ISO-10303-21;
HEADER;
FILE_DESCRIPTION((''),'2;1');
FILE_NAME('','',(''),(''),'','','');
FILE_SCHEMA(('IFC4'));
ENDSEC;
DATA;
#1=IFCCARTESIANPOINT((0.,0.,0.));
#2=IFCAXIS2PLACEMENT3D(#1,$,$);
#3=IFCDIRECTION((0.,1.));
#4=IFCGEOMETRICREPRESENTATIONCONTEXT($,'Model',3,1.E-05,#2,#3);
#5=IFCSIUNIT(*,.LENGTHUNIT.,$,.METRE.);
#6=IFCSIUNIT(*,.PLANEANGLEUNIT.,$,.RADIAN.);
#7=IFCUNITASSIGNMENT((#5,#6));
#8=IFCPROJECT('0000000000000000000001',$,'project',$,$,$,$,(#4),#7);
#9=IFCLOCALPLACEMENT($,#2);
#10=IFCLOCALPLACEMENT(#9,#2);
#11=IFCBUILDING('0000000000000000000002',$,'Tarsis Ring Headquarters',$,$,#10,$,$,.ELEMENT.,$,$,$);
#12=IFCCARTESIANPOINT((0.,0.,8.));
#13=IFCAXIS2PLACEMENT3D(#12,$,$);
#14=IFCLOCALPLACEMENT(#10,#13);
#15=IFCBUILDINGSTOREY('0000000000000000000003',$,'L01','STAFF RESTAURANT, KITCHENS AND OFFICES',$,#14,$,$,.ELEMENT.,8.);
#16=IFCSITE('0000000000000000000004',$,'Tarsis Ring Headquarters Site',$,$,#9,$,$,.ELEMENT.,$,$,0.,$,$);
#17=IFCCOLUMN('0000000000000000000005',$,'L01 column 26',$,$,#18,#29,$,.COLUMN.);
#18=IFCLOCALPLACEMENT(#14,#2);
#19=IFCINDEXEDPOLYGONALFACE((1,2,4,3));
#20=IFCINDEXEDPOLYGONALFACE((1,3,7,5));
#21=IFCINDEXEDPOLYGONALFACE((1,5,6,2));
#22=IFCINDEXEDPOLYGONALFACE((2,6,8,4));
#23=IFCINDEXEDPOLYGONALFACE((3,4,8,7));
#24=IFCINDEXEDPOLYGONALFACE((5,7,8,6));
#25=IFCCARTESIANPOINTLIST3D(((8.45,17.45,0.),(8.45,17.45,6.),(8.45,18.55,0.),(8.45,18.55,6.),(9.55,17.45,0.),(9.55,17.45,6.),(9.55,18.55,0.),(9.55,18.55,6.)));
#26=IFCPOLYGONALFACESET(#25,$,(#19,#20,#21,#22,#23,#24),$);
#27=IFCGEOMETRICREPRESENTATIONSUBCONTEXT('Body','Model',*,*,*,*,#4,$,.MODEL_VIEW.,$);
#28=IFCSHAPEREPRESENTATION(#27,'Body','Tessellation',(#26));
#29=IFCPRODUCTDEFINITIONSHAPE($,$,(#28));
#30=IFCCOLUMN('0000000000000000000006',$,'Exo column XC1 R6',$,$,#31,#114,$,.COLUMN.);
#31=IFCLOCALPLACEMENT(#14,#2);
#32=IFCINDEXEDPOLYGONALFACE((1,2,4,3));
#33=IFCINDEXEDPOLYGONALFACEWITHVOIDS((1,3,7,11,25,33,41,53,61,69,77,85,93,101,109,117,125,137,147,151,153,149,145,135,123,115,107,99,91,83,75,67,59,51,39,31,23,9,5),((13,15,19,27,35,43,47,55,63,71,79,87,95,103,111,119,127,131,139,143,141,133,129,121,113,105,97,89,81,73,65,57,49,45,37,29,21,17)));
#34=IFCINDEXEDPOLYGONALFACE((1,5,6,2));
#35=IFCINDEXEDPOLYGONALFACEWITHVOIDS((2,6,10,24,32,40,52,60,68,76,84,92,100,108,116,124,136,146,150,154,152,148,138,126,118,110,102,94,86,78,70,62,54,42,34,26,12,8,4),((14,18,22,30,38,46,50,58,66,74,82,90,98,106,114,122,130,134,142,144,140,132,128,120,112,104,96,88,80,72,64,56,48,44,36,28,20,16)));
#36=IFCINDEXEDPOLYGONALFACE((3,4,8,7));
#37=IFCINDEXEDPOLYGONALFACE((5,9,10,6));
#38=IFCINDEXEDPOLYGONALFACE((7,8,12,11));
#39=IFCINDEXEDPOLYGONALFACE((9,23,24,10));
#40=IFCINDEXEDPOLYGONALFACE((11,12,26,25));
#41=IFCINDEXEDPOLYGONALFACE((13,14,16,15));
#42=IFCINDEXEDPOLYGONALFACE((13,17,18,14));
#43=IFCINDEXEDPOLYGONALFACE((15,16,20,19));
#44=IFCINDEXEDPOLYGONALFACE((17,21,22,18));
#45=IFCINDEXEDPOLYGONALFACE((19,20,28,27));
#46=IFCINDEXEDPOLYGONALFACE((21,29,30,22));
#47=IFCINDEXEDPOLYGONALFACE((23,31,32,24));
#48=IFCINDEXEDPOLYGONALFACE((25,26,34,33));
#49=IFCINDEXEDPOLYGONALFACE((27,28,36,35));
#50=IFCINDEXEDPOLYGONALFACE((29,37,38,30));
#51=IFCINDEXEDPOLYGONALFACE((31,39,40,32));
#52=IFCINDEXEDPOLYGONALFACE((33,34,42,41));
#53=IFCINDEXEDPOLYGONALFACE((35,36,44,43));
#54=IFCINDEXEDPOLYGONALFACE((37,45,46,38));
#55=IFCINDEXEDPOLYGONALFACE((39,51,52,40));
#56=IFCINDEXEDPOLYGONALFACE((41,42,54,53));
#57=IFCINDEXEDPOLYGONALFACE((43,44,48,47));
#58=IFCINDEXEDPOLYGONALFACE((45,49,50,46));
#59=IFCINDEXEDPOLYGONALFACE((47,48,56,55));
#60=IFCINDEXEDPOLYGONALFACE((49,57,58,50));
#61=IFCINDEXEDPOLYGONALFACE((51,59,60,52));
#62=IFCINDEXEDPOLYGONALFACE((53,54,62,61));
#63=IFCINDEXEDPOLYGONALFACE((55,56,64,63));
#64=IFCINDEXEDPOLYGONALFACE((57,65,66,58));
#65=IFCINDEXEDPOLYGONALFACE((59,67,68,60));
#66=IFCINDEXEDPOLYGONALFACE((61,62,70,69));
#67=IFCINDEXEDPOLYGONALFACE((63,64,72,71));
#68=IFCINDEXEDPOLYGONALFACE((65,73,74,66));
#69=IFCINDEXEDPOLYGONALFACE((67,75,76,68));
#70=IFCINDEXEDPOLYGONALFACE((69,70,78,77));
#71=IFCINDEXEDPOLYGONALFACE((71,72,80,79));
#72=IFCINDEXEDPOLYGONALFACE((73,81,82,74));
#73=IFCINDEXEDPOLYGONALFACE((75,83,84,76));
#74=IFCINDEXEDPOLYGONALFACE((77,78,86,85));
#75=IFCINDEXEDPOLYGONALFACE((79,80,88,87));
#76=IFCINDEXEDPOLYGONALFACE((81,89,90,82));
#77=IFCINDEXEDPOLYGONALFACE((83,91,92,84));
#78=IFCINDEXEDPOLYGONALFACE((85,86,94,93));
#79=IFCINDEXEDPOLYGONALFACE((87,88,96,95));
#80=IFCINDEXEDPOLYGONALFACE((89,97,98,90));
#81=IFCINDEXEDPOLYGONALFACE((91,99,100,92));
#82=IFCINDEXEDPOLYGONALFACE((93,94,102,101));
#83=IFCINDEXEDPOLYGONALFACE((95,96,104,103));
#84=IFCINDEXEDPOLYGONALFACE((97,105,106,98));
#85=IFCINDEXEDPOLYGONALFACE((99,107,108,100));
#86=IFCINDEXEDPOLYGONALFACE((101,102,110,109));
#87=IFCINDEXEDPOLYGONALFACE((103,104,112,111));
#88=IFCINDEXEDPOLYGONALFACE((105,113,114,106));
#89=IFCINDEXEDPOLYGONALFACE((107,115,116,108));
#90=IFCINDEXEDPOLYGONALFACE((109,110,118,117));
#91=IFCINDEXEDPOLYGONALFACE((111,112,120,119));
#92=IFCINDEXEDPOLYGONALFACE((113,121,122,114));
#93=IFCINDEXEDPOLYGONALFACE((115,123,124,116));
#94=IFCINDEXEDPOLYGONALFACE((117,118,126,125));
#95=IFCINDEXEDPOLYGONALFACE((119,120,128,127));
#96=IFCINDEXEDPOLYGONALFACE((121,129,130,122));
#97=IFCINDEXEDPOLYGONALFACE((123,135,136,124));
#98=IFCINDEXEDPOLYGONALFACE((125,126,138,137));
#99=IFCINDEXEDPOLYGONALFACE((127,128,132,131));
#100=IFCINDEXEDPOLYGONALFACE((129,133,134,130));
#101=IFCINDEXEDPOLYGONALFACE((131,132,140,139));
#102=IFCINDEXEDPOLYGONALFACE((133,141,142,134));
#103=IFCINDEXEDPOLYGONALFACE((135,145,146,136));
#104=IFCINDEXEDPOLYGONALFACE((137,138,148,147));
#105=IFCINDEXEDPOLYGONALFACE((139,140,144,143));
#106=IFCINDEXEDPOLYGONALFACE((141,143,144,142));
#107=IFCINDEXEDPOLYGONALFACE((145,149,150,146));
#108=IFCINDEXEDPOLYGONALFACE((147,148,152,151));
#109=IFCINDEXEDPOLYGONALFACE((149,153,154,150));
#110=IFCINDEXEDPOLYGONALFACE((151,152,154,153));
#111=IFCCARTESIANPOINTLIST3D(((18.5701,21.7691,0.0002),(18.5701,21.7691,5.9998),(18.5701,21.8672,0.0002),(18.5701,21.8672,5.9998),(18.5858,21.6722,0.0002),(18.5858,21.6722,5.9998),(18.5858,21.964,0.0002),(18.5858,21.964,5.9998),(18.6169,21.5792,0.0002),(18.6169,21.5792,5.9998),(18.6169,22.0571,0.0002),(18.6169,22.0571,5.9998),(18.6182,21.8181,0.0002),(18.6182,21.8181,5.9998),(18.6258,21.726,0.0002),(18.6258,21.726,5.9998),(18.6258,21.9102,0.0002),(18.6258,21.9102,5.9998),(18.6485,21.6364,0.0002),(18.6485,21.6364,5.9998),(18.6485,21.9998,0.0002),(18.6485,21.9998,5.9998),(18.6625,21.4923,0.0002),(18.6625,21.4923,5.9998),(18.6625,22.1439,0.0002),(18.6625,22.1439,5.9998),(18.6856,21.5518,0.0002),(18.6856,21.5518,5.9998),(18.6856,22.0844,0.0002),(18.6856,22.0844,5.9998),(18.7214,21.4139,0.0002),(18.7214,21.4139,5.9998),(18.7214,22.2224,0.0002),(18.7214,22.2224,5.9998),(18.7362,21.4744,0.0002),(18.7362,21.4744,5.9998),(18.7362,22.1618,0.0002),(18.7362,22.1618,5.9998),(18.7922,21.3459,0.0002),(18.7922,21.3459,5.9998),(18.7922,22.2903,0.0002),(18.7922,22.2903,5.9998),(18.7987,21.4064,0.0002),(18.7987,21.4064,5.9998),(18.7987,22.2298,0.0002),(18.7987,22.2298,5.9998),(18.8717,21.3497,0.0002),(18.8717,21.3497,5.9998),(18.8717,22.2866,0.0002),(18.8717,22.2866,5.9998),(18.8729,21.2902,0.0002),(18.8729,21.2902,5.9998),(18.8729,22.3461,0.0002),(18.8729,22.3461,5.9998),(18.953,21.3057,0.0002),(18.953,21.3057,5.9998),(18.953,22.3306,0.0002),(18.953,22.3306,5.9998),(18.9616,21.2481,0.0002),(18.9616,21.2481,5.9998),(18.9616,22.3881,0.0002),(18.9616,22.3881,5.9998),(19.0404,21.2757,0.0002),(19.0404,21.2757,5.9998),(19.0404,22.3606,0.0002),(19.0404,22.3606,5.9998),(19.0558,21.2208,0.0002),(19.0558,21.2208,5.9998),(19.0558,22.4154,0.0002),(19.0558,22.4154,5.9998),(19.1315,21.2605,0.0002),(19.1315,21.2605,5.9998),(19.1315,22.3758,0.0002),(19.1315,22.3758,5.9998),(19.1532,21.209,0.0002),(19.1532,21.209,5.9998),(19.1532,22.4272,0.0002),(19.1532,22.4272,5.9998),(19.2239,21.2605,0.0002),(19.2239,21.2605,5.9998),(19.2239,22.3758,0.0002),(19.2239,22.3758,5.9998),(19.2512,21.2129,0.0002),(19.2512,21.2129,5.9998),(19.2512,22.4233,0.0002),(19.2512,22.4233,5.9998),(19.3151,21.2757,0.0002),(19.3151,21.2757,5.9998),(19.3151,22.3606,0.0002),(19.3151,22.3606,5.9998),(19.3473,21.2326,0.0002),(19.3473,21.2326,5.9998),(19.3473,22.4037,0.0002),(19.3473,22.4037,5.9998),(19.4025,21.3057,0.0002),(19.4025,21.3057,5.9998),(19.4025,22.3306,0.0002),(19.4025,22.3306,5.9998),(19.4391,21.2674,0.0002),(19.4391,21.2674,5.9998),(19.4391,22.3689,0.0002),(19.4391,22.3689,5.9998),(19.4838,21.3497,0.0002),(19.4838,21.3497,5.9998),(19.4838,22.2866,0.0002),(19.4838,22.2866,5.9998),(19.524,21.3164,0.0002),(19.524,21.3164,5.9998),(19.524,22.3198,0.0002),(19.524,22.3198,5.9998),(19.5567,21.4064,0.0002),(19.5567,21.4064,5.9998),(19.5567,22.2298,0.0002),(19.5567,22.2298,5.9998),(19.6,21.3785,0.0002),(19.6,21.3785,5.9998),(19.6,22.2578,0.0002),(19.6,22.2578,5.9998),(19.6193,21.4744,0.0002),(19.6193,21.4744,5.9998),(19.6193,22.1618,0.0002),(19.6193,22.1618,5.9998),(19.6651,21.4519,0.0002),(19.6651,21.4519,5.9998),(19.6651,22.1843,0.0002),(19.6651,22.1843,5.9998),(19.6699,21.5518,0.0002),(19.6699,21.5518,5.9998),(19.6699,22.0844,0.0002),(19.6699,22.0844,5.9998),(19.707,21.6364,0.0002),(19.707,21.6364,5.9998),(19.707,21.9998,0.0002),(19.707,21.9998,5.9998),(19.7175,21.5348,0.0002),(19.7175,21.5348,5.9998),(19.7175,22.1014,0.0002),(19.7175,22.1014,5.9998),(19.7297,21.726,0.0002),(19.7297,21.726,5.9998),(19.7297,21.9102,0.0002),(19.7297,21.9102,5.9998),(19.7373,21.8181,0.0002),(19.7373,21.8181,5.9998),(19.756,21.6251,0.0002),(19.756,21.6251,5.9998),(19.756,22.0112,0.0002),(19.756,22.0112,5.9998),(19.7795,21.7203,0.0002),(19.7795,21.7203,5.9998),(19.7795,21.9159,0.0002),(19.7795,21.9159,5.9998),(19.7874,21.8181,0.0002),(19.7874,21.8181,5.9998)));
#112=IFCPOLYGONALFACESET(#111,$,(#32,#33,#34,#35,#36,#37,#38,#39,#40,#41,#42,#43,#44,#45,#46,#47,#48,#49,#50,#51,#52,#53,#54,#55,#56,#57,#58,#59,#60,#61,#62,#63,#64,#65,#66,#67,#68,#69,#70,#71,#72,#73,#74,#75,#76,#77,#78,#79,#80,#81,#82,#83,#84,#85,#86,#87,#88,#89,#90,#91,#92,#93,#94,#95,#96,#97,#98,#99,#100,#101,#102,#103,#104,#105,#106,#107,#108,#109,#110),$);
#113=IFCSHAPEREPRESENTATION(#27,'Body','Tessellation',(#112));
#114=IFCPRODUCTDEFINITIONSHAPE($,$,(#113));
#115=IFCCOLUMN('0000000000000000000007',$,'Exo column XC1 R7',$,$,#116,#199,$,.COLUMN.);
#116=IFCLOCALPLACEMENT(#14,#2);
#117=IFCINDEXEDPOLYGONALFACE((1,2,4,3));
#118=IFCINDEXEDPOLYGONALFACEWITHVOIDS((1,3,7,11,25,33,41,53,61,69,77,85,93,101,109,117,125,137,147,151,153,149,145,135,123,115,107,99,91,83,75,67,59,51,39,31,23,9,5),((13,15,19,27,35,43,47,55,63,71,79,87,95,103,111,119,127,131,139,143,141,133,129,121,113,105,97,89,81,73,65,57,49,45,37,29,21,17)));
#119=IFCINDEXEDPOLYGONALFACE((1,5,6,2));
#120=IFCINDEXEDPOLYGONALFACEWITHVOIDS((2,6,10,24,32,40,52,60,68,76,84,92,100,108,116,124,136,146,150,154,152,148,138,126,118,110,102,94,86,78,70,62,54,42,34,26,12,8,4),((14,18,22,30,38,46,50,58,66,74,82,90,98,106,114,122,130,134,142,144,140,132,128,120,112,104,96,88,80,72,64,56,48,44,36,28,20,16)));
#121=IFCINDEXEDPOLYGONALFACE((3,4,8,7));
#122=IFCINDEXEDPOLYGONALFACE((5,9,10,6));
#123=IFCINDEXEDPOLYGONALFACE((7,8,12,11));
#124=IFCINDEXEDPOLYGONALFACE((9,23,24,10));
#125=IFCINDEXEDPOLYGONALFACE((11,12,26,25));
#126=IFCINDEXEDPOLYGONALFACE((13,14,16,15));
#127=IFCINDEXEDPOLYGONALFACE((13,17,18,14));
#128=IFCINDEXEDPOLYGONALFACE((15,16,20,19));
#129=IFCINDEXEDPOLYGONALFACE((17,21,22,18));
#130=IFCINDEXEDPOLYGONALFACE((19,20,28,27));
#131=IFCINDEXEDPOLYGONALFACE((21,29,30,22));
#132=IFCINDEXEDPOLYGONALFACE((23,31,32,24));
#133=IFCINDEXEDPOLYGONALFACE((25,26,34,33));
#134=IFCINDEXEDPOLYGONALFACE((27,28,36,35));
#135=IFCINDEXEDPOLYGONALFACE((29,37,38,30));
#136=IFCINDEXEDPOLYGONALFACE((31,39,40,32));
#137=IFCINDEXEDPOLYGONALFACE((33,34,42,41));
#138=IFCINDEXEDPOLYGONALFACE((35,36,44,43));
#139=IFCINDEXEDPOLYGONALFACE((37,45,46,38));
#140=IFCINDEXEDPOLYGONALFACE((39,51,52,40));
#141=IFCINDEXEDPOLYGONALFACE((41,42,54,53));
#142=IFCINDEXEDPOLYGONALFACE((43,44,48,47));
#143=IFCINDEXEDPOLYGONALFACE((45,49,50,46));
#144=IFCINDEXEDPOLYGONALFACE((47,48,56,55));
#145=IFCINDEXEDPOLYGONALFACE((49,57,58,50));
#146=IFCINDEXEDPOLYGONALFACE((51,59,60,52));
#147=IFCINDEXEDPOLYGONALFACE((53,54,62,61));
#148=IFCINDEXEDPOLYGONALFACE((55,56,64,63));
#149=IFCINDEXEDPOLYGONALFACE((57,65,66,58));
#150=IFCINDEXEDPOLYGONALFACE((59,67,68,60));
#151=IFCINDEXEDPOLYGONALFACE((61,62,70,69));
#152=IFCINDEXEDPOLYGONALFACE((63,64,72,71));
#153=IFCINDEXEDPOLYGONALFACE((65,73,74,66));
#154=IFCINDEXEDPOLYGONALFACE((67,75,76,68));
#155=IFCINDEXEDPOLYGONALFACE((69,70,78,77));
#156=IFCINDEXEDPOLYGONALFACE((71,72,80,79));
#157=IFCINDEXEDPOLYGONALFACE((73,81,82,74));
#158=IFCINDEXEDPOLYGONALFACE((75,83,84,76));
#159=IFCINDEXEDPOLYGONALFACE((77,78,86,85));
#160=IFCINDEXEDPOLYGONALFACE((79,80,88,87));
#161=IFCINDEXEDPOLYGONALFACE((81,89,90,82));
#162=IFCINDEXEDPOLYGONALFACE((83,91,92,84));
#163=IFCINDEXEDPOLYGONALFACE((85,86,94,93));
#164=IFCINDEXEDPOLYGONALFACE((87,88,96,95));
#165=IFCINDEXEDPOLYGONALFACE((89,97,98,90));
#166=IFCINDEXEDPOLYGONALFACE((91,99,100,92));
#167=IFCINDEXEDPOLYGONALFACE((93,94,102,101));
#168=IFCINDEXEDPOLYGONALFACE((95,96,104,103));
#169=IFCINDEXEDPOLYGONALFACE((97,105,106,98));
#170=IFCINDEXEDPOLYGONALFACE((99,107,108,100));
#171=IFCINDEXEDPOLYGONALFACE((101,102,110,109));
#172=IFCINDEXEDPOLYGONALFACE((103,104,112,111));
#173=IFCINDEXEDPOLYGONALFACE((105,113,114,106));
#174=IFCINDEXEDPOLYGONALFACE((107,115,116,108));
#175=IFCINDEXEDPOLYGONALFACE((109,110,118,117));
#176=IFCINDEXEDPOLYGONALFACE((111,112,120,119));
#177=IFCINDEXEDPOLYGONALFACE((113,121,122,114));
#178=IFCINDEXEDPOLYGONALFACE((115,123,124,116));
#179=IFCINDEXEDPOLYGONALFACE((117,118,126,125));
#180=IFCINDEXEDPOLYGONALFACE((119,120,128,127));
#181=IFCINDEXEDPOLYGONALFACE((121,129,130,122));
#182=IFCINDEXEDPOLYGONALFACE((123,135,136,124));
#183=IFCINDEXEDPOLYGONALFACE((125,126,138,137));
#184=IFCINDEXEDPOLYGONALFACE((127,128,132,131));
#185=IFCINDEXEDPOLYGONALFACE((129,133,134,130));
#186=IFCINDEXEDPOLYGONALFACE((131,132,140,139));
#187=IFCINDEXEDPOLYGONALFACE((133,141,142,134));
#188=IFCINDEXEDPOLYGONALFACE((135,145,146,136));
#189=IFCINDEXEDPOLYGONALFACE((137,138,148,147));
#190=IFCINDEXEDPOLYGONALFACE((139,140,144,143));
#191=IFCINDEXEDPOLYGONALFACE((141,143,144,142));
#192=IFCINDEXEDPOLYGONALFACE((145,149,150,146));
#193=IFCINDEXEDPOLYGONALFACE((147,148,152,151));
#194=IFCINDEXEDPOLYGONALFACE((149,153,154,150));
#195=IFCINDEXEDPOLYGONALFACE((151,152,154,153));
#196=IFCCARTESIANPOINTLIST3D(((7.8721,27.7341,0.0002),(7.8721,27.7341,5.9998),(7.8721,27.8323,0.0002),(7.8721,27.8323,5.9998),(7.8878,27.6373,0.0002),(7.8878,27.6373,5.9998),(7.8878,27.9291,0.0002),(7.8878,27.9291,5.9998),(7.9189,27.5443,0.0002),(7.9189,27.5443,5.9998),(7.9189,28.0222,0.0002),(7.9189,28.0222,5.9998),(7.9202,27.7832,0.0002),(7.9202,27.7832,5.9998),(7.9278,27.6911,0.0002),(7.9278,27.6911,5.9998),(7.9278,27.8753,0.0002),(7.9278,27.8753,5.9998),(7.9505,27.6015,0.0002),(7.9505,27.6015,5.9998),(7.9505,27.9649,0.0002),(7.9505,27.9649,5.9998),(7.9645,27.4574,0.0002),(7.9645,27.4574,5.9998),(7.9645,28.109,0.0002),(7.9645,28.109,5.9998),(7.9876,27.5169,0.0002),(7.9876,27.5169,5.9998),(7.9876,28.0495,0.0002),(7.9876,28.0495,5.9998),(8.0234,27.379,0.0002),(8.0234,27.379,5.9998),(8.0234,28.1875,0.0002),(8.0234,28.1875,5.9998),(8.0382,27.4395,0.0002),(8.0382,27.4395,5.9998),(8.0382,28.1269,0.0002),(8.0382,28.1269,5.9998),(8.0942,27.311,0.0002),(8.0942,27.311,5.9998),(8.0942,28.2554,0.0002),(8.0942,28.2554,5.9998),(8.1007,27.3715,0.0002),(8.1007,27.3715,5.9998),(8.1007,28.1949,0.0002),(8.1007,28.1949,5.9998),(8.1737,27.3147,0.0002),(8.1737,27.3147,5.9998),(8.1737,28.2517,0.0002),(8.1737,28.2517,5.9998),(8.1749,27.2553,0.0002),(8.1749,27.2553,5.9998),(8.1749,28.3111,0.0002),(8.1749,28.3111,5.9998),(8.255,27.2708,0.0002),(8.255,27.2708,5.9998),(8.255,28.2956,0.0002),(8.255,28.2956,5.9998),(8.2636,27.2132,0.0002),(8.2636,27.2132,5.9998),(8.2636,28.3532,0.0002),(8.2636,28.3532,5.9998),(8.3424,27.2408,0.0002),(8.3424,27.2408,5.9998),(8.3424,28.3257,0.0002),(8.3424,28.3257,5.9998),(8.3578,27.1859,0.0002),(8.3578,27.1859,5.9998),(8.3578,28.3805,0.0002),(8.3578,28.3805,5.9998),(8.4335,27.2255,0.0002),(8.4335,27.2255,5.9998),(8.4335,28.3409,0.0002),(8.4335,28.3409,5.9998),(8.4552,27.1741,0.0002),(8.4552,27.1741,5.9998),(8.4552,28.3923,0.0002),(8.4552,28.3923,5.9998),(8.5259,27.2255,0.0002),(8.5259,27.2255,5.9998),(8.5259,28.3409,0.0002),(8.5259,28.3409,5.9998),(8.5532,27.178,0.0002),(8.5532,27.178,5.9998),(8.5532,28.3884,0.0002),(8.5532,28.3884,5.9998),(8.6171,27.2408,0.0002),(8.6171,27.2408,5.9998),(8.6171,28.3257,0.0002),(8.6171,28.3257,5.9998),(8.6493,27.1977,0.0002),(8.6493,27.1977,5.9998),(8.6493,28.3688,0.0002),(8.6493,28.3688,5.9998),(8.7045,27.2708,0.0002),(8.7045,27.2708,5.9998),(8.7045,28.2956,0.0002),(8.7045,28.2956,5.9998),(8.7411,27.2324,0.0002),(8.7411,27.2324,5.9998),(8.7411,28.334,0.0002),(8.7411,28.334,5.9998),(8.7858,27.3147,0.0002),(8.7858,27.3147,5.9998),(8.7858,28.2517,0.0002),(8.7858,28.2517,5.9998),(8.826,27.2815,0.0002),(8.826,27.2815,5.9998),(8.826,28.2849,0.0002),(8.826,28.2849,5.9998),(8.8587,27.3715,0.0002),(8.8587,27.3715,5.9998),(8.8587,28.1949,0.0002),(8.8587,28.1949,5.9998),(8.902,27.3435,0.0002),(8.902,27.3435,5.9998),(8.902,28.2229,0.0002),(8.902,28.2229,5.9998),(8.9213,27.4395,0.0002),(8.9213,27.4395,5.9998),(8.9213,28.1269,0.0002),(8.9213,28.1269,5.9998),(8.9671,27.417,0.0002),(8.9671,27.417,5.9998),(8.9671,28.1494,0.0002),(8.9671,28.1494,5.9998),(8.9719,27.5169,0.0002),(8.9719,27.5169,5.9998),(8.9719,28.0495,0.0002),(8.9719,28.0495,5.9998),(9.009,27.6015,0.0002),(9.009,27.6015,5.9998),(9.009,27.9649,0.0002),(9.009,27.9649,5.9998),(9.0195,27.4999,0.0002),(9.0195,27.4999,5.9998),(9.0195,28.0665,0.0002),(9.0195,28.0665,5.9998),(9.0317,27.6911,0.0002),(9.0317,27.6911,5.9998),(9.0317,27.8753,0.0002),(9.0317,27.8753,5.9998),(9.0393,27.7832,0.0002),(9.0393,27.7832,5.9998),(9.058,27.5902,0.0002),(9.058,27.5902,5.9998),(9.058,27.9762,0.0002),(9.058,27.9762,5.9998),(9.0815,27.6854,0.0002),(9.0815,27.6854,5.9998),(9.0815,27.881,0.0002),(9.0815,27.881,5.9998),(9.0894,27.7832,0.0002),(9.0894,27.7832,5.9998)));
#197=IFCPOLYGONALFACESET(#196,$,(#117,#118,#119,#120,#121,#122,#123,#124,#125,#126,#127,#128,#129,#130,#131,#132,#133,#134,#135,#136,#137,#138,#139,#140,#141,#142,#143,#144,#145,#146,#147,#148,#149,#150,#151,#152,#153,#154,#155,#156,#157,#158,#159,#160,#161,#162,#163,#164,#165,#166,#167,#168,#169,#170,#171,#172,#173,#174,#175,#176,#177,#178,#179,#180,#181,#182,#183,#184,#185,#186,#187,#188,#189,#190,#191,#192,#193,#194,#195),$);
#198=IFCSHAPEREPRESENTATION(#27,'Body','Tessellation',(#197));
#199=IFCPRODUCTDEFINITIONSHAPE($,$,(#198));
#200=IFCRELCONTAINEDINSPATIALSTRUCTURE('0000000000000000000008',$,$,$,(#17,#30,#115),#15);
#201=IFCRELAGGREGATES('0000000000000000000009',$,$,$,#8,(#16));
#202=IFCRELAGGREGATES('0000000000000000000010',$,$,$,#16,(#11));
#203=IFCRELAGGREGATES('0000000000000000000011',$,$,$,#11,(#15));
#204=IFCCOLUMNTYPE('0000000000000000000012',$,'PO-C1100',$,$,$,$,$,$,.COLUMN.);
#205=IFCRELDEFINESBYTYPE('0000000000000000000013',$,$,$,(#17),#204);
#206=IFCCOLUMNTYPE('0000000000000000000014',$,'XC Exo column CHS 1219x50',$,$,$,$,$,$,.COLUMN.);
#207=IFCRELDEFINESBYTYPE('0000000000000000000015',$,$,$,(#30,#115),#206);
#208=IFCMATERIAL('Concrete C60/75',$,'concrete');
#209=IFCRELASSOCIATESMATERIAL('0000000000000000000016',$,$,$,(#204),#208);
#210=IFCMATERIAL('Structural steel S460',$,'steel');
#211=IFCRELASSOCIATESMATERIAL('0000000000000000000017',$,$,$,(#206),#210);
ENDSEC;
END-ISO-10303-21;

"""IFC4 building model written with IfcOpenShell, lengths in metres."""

from ifc_helpers import new_model, si_unit, direction, frame, origin, origin_2d, place, context, subcontext, project, spatial, rectangle, hollow_circle, extrude, material, material_profile, profile_set, type_object, element, save


model = new_model("IFC4")

# Units and contexts
model_context = context("Model", 3, precision=1e-05, world=origin(), true_north=direction((0.0, 1.0)))
body_context = subcontext(model_context, "Body", "Model", "MODEL_VIEW")
ifc_project = project(units=[si_unit("LENGTHUNIT", "METRE"), si_unit("PLANEANGLEUNIT", "RADIAN")], contexts=[model_context])

# Site, building, storey
site_placement = place(None, origin())
site = spatial("IfcSite", under=ifc_project, at=site_placement, Name="Tarsis Ring Headquarters Site", CompositionType="ELEMENT", RefElevation=0.0)
building_placement = place(site_placement, origin())
building = spatial("IfcBuilding", under=site, at=building_placement, Name="Tarsis Ring Headquarters", CompositionType="ELEMENT")
storey_placement = place(building_placement, frame((0.0, 0.0, 8.0)))
storey = spatial("IfcBuildingStorey", under=building, at=storey_placement, Name="L01", Description="STAFF RESTAURANT, KITCHENS AND OFFICES", CompositionType="ELEMENT", Elevation=8.0)

# Columns
ifc_material_1 = material(Name="Concrete C60/75", Category="concrete")
ifc_material_profile_1 = material_profile(ifc_material_1, rectangle(XDim=1.1001, YDim=1.1001, at=origin_2d()), Name="PO-C1100")
ifc_profile_set_1 = profile_set([ifc_material_profile_1], Name="Concrete C60/75")
column_type_1 = type_object("IfcColumnType", Name="PO-C1100", PredefinedType="COLUMN", material=ifc_profile_set_1)
column_placement = place(storey_placement, frame((9.0, 18.0, 0.0), z_axis=(0.0, 0.0, 1.0), x_axis=(1.0, 0.0, 0.0)))
element("IfcColumn", 1, at=column_placement, inside=storey, type_object=column_type_1, Name="L01 column 26", PredefinedType="COLUMN", context=body_context, shape_type="SweptSolid", body=[
    extrude(rectangle(XDim=1.1001, YDim=1.1001, at=origin_2d()), origin(), (0.0, 0.0, 1.0), 6.0),
])
ifc_material_2 = material(Name="Structural steel S460", Category="steel")
ifc_material_profile_2 = material_profile(ifc_material_2, hollow_circle(Radius=0.6096, WallThickness=0.05, at=origin_2d()), Name="CHS 1219x50")
ifc_profile_set_2 = profile_set([ifc_material_profile_2], Name="Structural steel S460")
column_type_2 = type_object("IfcColumnType", Name="XC Exo column CHS 1219x50", PredefinedType="COLUMN", material=ifc_profile_set_2)
for number, where, z_axis, x_axis, name in (
    (2, (19.1777, 21.8181, 0.0002), (0.0, 0.0, 1.0), (1.0, 0.0, 0.0), "Exo column XC1 R6"),
    (3, (8.4797, 27.7832, 0.0002), (0.0, 0.0, 1.0), (1.0, 0.0, 0.0), "Exo column XC1 R7"),
):
    element("IfcColumn", number, at=place(storey_placement, frame(where, z_axis=z_axis, x_axis=x_axis)), inside=storey, type_object=column_type_2, Name=name, PredefinedType="COLUMN", context=body_context, shape_type="SweptSolid", body=[
        extrude(hollow_circle(Radius=0.6096, WallThickness=0.05, at=origin_2d()), origin(), (0.0, 0.0, 1.0), 5.9995),
    ])

save(model, "model.ifc")
